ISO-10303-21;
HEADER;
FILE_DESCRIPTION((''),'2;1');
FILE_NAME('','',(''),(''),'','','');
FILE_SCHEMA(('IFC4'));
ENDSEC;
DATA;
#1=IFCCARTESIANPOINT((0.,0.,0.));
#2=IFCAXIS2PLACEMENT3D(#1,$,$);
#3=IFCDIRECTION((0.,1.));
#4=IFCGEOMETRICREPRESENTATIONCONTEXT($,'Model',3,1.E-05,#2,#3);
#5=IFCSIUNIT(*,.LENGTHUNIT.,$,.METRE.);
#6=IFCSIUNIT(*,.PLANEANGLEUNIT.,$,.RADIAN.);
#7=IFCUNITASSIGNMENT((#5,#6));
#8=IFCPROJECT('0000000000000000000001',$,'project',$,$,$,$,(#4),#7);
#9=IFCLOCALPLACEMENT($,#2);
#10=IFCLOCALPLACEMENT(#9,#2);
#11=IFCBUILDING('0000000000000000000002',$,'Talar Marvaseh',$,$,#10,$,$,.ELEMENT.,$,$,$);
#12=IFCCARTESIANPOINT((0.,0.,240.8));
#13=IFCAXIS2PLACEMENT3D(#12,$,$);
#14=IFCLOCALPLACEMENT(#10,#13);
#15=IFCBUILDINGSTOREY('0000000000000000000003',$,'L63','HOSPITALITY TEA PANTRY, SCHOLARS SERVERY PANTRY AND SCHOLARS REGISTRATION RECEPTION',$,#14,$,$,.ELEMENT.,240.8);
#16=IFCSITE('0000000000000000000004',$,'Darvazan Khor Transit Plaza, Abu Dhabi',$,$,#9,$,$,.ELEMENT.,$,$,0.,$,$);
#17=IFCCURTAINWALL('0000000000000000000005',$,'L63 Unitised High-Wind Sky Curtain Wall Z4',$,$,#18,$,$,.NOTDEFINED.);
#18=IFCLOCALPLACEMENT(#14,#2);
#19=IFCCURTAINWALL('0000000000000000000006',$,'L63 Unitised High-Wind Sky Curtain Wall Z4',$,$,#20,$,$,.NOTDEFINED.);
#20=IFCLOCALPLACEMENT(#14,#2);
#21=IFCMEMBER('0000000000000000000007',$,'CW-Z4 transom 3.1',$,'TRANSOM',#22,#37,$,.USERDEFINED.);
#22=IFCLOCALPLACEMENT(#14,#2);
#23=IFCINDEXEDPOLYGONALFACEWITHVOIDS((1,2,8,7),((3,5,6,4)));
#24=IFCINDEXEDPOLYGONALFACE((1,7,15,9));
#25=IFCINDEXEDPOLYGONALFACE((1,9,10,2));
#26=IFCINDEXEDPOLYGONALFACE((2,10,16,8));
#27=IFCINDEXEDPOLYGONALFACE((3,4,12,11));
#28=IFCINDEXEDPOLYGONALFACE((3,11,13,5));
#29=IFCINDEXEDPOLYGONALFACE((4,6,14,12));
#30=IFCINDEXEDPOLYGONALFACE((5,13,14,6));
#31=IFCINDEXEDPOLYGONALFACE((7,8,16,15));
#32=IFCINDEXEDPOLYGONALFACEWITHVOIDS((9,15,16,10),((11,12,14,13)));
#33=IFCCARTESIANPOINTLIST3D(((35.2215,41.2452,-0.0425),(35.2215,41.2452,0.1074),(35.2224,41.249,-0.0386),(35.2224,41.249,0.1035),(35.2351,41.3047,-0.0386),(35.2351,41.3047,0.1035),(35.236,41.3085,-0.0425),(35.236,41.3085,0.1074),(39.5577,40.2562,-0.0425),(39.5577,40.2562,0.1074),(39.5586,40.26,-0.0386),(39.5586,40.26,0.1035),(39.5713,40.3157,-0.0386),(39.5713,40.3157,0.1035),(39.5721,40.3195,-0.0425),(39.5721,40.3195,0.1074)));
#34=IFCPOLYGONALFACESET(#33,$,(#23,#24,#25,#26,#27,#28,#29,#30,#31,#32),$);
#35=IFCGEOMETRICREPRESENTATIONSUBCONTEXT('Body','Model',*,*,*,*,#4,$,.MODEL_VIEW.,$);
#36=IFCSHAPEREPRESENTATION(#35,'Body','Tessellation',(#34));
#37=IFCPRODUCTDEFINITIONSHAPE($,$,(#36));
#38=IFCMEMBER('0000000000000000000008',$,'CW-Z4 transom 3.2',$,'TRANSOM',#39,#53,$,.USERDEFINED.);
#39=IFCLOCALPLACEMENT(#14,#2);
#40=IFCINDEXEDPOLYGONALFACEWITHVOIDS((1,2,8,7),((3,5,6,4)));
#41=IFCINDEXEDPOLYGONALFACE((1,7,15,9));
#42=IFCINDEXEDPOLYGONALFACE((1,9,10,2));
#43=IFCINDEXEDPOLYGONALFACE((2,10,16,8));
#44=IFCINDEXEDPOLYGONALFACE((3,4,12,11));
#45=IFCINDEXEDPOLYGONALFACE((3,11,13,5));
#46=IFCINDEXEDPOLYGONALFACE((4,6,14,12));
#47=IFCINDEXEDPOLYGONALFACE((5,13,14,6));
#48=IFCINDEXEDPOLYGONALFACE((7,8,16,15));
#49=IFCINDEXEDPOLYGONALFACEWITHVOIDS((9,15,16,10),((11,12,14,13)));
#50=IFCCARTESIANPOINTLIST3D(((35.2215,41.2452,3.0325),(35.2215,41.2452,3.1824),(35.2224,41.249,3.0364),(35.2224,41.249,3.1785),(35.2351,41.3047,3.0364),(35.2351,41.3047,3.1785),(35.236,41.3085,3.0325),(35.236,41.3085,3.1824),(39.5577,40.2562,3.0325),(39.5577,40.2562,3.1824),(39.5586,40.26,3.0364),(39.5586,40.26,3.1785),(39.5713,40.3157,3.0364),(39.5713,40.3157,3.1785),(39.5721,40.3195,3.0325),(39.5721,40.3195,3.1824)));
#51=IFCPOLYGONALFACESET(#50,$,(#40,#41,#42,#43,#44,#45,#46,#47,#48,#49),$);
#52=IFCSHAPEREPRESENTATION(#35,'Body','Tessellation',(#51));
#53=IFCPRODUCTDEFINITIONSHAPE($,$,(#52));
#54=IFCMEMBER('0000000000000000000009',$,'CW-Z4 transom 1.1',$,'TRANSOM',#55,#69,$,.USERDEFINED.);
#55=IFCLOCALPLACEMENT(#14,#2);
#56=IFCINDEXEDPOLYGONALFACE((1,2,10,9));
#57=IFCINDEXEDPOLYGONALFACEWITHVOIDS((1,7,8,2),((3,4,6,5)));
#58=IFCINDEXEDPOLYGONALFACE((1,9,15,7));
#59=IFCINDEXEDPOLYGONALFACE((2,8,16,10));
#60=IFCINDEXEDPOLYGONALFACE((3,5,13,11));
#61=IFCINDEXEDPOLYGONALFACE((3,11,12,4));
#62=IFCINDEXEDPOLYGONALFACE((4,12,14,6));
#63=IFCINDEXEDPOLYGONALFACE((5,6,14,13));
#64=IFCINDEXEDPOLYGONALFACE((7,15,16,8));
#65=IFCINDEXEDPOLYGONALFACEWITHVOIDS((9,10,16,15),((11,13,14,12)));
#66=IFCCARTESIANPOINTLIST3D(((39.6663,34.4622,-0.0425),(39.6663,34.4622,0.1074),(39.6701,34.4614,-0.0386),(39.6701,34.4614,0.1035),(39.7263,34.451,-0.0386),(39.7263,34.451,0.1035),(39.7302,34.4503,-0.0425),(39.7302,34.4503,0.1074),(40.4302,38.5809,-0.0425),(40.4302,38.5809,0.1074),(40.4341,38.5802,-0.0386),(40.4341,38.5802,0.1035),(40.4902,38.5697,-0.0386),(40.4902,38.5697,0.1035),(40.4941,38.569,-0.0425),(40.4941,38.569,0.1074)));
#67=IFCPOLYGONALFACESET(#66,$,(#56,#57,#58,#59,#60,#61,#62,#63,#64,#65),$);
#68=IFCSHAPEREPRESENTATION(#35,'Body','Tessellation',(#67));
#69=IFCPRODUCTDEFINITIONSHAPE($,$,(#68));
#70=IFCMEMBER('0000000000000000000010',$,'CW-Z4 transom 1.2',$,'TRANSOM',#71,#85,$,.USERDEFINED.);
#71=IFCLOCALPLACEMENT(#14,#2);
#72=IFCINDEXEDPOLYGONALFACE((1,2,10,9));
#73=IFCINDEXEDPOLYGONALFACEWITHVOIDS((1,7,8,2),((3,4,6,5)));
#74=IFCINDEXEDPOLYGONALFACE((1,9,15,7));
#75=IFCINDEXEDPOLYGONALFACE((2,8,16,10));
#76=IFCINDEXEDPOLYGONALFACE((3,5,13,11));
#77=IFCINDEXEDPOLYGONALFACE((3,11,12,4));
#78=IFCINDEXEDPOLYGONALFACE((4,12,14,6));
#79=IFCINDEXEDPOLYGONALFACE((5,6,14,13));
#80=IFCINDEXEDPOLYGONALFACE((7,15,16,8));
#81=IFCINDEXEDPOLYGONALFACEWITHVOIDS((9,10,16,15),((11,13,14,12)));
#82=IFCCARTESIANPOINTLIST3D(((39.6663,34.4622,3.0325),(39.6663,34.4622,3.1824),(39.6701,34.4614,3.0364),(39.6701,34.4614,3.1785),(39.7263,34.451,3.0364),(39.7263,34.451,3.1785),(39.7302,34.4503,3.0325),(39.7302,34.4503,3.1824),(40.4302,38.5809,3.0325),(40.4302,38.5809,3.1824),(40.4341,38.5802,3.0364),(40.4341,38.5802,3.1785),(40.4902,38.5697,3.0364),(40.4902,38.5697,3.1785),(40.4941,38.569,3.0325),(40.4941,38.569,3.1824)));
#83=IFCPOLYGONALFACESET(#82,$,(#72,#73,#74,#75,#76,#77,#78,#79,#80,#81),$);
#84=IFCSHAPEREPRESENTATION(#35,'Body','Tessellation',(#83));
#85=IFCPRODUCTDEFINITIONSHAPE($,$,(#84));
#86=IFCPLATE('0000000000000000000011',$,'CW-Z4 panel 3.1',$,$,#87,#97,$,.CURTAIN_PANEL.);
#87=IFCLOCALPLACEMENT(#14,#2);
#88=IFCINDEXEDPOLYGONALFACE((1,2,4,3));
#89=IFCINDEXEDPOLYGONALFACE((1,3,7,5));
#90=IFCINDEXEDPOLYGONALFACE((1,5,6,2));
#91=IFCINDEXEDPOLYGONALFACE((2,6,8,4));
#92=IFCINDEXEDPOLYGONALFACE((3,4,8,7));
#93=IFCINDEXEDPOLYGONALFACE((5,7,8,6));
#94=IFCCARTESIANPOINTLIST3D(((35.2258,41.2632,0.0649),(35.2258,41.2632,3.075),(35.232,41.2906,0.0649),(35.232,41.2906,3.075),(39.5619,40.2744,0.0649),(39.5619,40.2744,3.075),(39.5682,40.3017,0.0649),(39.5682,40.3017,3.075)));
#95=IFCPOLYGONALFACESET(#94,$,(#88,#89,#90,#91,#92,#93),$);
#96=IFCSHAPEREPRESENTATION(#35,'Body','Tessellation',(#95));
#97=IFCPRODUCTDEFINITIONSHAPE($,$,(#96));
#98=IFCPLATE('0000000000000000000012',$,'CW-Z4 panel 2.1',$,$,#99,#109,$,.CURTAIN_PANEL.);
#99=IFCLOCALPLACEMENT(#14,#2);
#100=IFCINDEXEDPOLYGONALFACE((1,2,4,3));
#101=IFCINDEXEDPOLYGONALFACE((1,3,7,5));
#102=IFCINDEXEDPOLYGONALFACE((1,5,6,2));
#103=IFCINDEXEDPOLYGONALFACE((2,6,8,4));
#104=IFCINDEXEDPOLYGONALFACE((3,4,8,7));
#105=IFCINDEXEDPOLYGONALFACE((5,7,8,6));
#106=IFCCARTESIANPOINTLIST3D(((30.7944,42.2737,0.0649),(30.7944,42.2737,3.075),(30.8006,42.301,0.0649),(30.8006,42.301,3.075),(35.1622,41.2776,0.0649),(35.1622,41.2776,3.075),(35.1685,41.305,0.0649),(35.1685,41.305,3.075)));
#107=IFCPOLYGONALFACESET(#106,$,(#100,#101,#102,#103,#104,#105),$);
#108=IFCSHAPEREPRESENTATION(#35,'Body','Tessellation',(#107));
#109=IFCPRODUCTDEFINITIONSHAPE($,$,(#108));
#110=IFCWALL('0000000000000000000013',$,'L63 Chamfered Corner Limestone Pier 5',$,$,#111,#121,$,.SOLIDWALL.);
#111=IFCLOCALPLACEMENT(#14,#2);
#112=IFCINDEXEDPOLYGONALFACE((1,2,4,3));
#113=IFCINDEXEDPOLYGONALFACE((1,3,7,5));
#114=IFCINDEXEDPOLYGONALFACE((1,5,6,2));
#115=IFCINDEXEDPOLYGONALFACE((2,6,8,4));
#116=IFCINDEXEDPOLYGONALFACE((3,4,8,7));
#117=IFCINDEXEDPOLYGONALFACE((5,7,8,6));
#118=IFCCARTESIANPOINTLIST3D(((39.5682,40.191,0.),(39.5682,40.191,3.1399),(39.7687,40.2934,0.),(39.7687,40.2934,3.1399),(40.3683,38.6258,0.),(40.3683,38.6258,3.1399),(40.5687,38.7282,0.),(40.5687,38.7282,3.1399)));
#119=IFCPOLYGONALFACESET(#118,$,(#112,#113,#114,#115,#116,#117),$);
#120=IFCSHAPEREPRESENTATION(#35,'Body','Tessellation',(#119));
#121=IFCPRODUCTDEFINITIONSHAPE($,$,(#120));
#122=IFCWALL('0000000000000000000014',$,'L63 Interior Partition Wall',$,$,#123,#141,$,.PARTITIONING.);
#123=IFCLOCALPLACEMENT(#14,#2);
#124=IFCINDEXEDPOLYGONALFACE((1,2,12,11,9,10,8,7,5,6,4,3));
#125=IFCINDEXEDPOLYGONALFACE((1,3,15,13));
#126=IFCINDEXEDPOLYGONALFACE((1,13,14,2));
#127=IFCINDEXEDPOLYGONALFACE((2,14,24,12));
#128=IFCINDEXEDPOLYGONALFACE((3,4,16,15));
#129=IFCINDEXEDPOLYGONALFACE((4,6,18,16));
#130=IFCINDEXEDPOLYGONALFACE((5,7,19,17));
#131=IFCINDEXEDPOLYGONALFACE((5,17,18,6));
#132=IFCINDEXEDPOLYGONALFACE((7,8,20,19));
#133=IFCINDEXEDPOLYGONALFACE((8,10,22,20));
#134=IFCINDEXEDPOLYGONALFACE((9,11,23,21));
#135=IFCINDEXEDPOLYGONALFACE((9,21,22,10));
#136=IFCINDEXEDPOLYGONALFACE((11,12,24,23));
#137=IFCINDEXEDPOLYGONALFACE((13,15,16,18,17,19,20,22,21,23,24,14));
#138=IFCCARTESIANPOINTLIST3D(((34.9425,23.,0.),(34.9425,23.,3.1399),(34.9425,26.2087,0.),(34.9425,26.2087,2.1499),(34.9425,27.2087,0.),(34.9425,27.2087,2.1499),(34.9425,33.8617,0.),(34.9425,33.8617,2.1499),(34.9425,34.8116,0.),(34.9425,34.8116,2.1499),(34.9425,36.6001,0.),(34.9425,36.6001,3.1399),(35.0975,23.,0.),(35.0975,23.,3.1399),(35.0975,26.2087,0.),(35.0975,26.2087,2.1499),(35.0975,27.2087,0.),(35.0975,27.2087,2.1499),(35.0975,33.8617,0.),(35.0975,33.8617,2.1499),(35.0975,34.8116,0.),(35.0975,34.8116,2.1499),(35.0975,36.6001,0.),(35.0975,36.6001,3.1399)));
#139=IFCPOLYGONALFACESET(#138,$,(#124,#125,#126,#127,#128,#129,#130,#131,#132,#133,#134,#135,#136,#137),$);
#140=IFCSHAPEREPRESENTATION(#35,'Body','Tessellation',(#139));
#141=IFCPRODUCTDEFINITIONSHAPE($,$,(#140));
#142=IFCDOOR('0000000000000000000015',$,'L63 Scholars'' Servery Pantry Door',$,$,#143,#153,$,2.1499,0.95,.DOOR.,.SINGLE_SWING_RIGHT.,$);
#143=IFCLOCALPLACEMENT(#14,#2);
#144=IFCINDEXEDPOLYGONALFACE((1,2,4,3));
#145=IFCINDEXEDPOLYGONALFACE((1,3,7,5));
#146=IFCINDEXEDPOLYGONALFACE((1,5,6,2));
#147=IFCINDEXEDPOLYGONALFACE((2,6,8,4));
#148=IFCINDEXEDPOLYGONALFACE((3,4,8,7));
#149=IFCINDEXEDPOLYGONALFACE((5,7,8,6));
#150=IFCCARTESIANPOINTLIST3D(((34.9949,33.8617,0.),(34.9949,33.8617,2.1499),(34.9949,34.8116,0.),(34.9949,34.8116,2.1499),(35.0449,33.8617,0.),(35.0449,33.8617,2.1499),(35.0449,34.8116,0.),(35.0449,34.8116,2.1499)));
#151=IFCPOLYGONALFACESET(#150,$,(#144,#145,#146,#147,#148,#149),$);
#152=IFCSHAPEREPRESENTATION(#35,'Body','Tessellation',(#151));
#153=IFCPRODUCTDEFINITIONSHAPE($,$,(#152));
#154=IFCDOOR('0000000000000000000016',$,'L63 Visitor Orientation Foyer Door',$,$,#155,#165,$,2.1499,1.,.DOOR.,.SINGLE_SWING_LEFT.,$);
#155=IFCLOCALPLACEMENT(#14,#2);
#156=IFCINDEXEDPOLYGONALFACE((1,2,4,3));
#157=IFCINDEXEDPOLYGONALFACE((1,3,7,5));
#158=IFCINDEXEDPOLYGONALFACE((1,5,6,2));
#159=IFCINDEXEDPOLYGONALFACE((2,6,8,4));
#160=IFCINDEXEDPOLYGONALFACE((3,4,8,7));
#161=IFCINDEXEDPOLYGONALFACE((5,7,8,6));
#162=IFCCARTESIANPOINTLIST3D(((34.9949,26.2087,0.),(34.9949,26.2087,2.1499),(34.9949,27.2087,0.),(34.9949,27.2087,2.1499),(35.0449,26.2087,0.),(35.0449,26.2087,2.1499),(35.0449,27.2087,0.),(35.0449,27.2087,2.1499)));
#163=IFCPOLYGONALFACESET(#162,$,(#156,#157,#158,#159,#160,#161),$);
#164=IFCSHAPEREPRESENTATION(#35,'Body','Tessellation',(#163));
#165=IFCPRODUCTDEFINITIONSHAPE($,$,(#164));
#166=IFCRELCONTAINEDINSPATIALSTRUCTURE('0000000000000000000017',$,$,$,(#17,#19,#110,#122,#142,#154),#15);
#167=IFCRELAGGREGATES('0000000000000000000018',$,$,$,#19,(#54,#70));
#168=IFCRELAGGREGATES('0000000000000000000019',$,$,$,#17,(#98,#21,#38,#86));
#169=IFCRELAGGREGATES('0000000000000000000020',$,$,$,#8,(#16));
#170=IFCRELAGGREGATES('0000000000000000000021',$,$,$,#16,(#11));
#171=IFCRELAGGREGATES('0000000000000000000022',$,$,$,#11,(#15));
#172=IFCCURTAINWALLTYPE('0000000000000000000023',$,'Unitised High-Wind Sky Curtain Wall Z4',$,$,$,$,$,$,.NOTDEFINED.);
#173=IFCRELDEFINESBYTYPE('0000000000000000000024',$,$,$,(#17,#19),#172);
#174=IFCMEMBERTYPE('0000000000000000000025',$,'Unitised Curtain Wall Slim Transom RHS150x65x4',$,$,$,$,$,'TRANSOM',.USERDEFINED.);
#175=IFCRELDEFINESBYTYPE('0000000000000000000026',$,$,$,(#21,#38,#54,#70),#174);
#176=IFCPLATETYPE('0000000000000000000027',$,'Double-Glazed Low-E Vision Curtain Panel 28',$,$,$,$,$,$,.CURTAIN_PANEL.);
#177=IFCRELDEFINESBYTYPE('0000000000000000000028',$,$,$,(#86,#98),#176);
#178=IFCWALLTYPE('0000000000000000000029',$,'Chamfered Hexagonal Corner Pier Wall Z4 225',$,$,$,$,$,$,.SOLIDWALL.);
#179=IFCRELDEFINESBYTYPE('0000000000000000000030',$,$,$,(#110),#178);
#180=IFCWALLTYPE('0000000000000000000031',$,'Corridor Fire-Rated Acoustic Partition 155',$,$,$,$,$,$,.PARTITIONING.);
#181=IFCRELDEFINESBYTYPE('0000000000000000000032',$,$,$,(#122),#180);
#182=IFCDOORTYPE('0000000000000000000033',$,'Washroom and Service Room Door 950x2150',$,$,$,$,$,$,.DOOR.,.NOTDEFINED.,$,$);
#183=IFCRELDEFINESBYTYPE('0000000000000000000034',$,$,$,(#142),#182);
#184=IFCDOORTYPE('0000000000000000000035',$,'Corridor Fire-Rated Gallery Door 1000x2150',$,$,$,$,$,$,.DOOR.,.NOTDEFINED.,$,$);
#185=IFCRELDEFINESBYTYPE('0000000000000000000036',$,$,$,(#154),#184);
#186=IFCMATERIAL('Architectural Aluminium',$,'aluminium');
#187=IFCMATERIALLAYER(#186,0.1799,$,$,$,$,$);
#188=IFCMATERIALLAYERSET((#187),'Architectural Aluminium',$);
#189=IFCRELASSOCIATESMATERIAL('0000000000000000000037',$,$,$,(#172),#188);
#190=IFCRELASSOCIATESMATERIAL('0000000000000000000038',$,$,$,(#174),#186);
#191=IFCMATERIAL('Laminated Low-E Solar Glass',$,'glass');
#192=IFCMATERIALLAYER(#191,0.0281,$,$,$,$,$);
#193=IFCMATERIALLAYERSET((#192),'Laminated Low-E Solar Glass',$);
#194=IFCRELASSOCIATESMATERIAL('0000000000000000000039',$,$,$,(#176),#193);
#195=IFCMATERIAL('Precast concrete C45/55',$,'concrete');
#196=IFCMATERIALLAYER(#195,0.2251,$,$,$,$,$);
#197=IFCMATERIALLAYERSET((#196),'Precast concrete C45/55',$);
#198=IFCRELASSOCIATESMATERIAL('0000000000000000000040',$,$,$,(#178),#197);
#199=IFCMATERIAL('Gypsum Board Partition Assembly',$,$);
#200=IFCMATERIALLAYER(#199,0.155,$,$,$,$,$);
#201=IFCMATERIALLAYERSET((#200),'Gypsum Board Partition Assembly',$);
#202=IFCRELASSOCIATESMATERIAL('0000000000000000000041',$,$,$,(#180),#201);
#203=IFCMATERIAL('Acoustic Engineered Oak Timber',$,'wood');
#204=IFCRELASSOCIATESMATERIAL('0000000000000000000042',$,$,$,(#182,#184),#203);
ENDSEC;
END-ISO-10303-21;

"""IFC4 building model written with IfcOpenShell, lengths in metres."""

from ifc_helpers import new_model, si_unit, direction, frame, frame_2d, origin, origin_2d, place, context, subcontext, project, spatial, rectangle, hollow_rectangle, extrude, source, transform, mapped, material, layer, layer_set, material_profile, profile_set, type_object, type_shapes, element, fill, aggregate, save


model = new_model("IFC4")

# Units and contexts
model_context = context("Model", 3, precision=1e-05, world=origin(), true_north=direction((0.0, 1.0)))
body_context = subcontext(model_context, "Body", "Model", "MODEL_VIEW")
ifc_project = project(units=[si_unit("LENGTHUNIT", "METRE"), si_unit("PLANEANGLEUNIT", "RADIAN")], contexts=[model_context])

# Site, building, storey
site_placement = place(None, origin())
site = spatial("IfcSite", under=ifc_project, at=site_placement, Name="Darvazan Khor Transit Plaza, Abu Dhabi", CompositionType="ELEMENT", RefElevation=0.0)
building_placement = place(site_placement, origin())
building = spatial("IfcBuilding", under=site, at=building_placement, Name="Talar Marvaseh", CompositionType="ELEMENT")
storey_placement = place(building_placement, frame((0.0, 0.0, 240.8)))
storey = spatial("IfcBuildingStorey", under=building, at=storey_placement, Name="L63", Description="HOSPITALITY TEA PANTRY, SCHOLARS SERVERY PANTRY AND SCHOLARS REGISTRATION RECEPTION", CompositionType="ELEMENT", Elevation=240.8)

# Curtain wall
ifc_material_1 = material(Name="Architectural Aluminium", Category="aluminium")
ifc_layer_1 = layer(ifc_material_1, 0.1799)
ifc_layer_set_1 = layer_set([ifc_layer_1], Name="Architectural Aluminium")
curtain_wall_type = type_object("IfcCurtainWallType", Name="Unitised High-Wind Sky Curtain Wall Z4", PredefinedType="NOTDEFINED", material=ifc_layer_set_1)
curtain_wall_1_placement = place(storey_placement, origin())
curtain_wall_1 = element("IfcCurtainWall", 1, at=curtain_wall_1_placement, inside=storey, type_object=curtain_wall_type, Name="L63 Unitised High-Wind Sky Curtain Wall Z4", PredefinedType="NOTDEFINED")

# Curtain wall
curtain_wall_2_placement = place(storey_placement, origin())
curtain_wall_2 = element("IfcCurtainWall", 2, at=curtain_wall_2_placement, inside=storey, type_object=curtain_wall_type, Name="L63 Unitised High-Wind Sky Curtain Wall Z4", PredefinedType="NOTDEFINED")

# Members
ifc_material_profile_1 = material_profile(ifc_material_1, hollow_rectangle(XDim=0.0649, YDim=0.1499, WallThickness=0.0039, at=origin_2d()), Name="RHS150x65x4")
ifc_profile_set_1 = profile_set([ifc_material_profile_1], Name="Architectural Aluminium")
member_type_1 = type_object("IfcMemberType", Name="Unitised Curtain Wall Slim Transom RHS150x65x4", ElementType="TRANSOM", PredefinedType="USERDEFINED", material=ifc_profile_set_1)
shared_shape_1 = source(origin(), body_context, "Body", "SweptSolid", [
    extrude(hollow_rectangle(XDim=0.0649, YDim=0.1499, WallThickness=0.0039, at=origin_2d()), origin(), (0.0, 0.0, 1.0), 4.4475),
])
member_1_placement = place(storey_placement, frame((35.2288, 41.2769, 0.0325), z_axis=(0.974962, -0.222373, 0.0), x_axis=(0.222373, 0.974962, 0.0)))
member_1 = element("IfcMember", 3, at=member_1_placement, type_object=member_type_1, Name="CW-Z4 transom 3.1", ObjectType="TRANSOM", PredefinedType="USERDEFINED", context=body_context, shape_type="MappedRepresentation", body=[
    mapped(shared_shape_1, transform((0.0, 0.0, 0.0), x_axis=(1.0, 0.0, 0.0), y_axis=(0.0, 1.0, 0.0), z_axis=(0.0, 0.0, 1.0), scale=1.0)),
])
member_2_placement = place(storey_placement, frame((35.2288, 41.2769, 3.1074), z_axis=(0.974962, -0.222373, 0.0), x_axis=(0.222373, 0.974962, 0.0)))
member_2 = element("IfcMember", 4, at=member_2_placement, type_object=member_type_1, Name="CW-Z4 transom 3.2", ObjectType="TRANSOM", PredefinedType="USERDEFINED", context=body_context, shape_type="MappedRepresentation", body=[
    mapped(shared_shape_1, transform((0.0, 0.0, 0.0), x_axis=(1.0, 0.0, 0.0), y_axis=(0.0, 1.0, 0.0), z_axis=(0.0, 0.0, 1.0), scale=1.0)),
])
shared_shape_2 = source(origin(), body_context, "Body", "SweptSolid", [
    extrude(hollow_rectangle(XDim=0.0649, YDim=0.1499, WallThickness=0.0039, at=origin_2d()), origin(), (0.0, 0.0, 1.0), 4.189),
])
type_shapes(member_type_1, [shared_shape_1, shared_shape_2])
member_3_placement = place(storey_placement, frame((40.4622, 38.575, 0.0325), z_axis=(-0.182367, -0.983231, 0.0), x_axis=(0.983231, -0.182367, 0.0)))
member_3 = element("IfcMember", 5, at=member_3_placement, type_object=member_type_1, Name="CW-Z4 transom 1.1", ObjectType="TRANSOM", PredefinedType="USERDEFINED", context=body_context, shape_type="MappedRepresentation", body=[
    mapped(shared_shape_2, transform((0.0, 0.0, 0.0), x_axis=(1.0, 0.0, 0.0), y_axis=(0.0, 1.0, 0.0), z_axis=(0.0, 0.0, 1.0), scale=1.0)),
])
member_4_placement = place(storey_placement, frame((40.4622, 38.575, 3.1074), z_axis=(-0.182367, -0.983231, 0.0), x_axis=(0.983231, -0.182367, 0.0)))
member_4 = element("IfcMember", 6, at=member_4_placement, type_object=member_type_1, Name="CW-Z4 transom 1.2", ObjectType="TRANSOM", PredefinedType="USERDEFINED", context=body_context, shape_type="MappedRepresentation", body=[
    mapped(shared_shape_2, transform((0.0, 0.0, 0.0), x_axis=(1.0, 0.0, 0.0), y_axis=(0.0, 1.0, 0.0), z_axis=(0.0, 0.0, 1.0), scale=1.0)),
])
aggregate(curtain_wall_2, [member_3, member_4])

# Plates
ifc_material_2 = material(Name="Laminated Low-E Solar Glass", Category="glass")
ifc_layer_2 = layer(ifc_material_2, 0.0281)
ifc_layer_set_2 = layer_set([ifc_layer_2], Name="Laminated Low-E Solar Glass")
plate_type = type_object("IfcPlateType", Name="Double-Glazed Low-E Vision Curtain Panel 28", PredefinedType="CURTAIN_PANEL", material=ifc_layer_set_2)
shared_shape_3 = source(origin(), body_context, "Body", "SweptSolid", [
    extrude(rectangle(XDim=4.4475, YDim=0.0281, at=origin_2d()), origin(), (0.0, 0.0, 1.0), 3.01),
])
plate_1_placement = place(storey_placement, frame((37.397, 40.7825, 0.0649), z_axis=(0.0, 0.0, 1.0), x_axis=(0.97497, -0.222336, 0.0)))
plate_1 = element("IfcPlate", 7, at=plate_1_placement, type_object=plate_type, Name="CW-Z4 panel 3.1", PredefinedType="CURTAIN_PANEL", context=body_context, shape_type="MappedRepresentation", body=[
    mapped(shared_shape_3, transform((0.0, 0.0, 0.0), x_axis=(1.0, 0.0, 0.0), y_axis=(0.0, 1.0, 0.0), z_axis=(0.0, 0.0, 1.0), scale=1.0)),
])
shared_shape_4 = source(origin(), body_context, "Body", "SweptSolid", [
    extrude(rectangle(XDim=4.48, YDim=0.0281, at=origin_2d()), origin(), (0.0, 0.0, 1.0), 3.01),
])
type_shapes(plate_type, [shared_shape_3, shared_shape_4])
plate_2_placement = place(storey_placement, frame((32.9814, 41.7893, 0.0649), z_axis=(0.0, 0.0, 1.0), x_axis=(0.97497, -0.222336, 0.0)))
plate_2 = element("IfcPlate", 8, at=plate_2_placement, type_object=plate_type, Name="CW-Z4 panel 2.1", PredefinedType="CURTAIN_PANEL", context=body_context, shape_type="MappedRepresentation", body=[
    mapped(shared_shape_4, transform((0.0, 0.0, 0.0), x_axis=(1.0, 0.0, 0.0), y_axis=(0.0, 1.0, 0.0), z_axis=(0.0, 0.0, 1.0), scale=1.0)),
])
aggregate(curtain_wall_1, [plate_2, member_1, member_2, plate_1])

# Wall
ifc_material_3 = material(Name="Precast concrete C45/55", Category="concrete")
ifc_layer_3 = layer(ifc_material_3, 0.2251)
ifc_layer_set_3 = layer_set([ifc_layer_3], Name="Precast concrete C45/55")
wall_type_1 = type_object("IfcWallType", Name="Chamfered Hexagonal Corner Pier Wall Z4 225", PredefinedType="SOLIDWALL", material=ifc_layer_set_3)
wall_1_placement = place(storey_placement, frame((39.6685, 40.2422, 0.0), z_axis=(0.0, 0.0, 1.0), x_axis=(0.45514, -0.89042, 0.0)))
element("IfcWall", 9, at=wall_1_placement, inside=storey, type_object=wall_type_1, Name="L63 Chamfered Corner Limestone Pier 5", PredefinedType="SOLIDWALL", context=body_context, shape_type="SweptSolid", body=[
    extrude(rectangle(XDim=1.7578, YDim=0.2251, at=frame_2d((0.8789, 0.0))), origin(), (0.0, 0.0, 1.0), 3.1399),
])

# Wall, openings, doors
ifc_material_4 = material(Name="Gypsum Board Partition Assembly")
ifc_layer_4 = layer(ifc_material_4, 0.155)
ifc_layer_set_4 = layer_set([ifc_layer_4], Name="Gypsum Board Partition Assembly")
wall_type_2 = type_object("IfcWallType", Name="Corridor Fire-Rated Acoustic Partition 155", PredefinedType="PARTITIONING", material=ifc_layer_set_4)
wall_2_placement = place(storey_placement, frame((35.02, 36.6001, 0.0), z_axis=(0.0, 0.0, 1.0), x_axis=(0.0, -1.0, 0.0)))
wall_2 = element("IfcWall", 10, at=wall_2_placement, inside=storey, type_object=wall_type_2, Name="L63 Interior Partition Wall", PredefinedType="PARTITIONING", context=body_context, shape_type="SweptSolid", body=[
    extrude(rectangle(XDim=13.6001, YDim=0.155, at=frame_2d((6.8, 0.0))), origin(), (0.0, 0.0, 1.0), 3.1399),
])
opening_1_placement = place(wall_2_placement, frame((9.3914, 0.0, 0.0)))
opening_1 = element("IfcOpeningElement", 11, at=opening_1_placement, cuts=wall_2, PredefinedType="OPENING", context=body_context, shape_type="SweptSolid", body=[
    extrude(rectangle(XDim=1.0, YDim=2.1499, at=frame_2d((0.5, 1.075))), frame((0.0, 0.0874, 0.0), z_axis=(0.0, -1.0, 0.0), x_axis=(1.0, 0.0, 0.0)), (0.0, 0.0, 1.0), 0.175),
])
opening_2_placement = place(wall_2_placement, frame((1.7883, 0.0, 0.0)))
opening_2 = element("IfcOpeningElement", 12, at=opening_2_placement, cuts=wall_2, PredefinedType="OPENING", context=body_context, shape_type="SweptSolid", body=[
    extrude(rectangle(XDim=0.95, YDim=2.1499, at=frame_2d((0.4751, 1.075))), frame((0.0, 0.0874, 0.0), z_axis=(0.0, -1.0, 0.0), x_axis=(1.0, 0.0, 0.0)), (0.0, 0.0, 1.0), 0.175),
])
ifc_material_5 = material(Name="Acoustic Engineered Oak Timber", Category="wood")
door_type_1 = type_object("IfcDoorType", Name="Washroom and Service Room Door 950x2150", OperationType="NOTDEFINED", PredefinedType="DOOR", material=ifc_material_5)
shared_shape_5 = source(origin(), body_context, "Body", "SweptSolid", [
    extrude(rectangle(XDim=0.95, YDim=2.1499, at=frame_2d((0.4751, 1.075))), frame((0.0, 0.0249, 0.0), z_axis=(0.0, -1.0, 0.0), x_axis=(1.0, 0.0, 0.0)), (0.0, 0.0, 1.0), 0.05),
])
type_shapes(door_type_1, [shared_shape_5])
door_1_placement = place(opening_2_placement, origin())
door_1 = element("IfcDoor", 13, at=door_1_placement, inside=storey, type_object=door_type_1, Name="L63 Scholars' Servery Pantry Door", OperationType="SINGLE_SWING_RIGHT", OverallHeight=2.1499, OverallWidth=0.95, PredefinedType="DOOR", context=body_context, shape_type="MappedRepresentation", body=[
    mapped(shared_shape_5, transform((0.0, 0.0, 0.0), x_axis=(1.0, 0.0, 0.0), y_axis=(0.0, 1.0, 0.0), z_axis=(0.0, 0.0, 1.0), scale=1.0)),
])
fill(opening_2, door_1)
door_type_2 = type_object("IfcDoorType", Name="Corridor Fire-Rated Gallery Door 1000x2150", OperationType="NOTDEFINED", PredefinedType="DOOR", material=ifc_material_5)
shared_shape_6 = source(origin(), body_context, "Body", "SweptSolid", [
    extrude(rectangle(XDim=1.0, YDim=2.1499, at=frame_2d((0.5, 1.075))), frame((0.0, 0.0249, 0.0), z_axis=(0.0, -1.0, 0.0), x_axis=(1.0, 0.0, 0.0)), (0.0, 0.0, 1.0), 0.05),
])
type_shapes(door_type_2, [shared_shape_6])
door_2_placement = place(opening_1_placement, origin())
door_2 = element("IfcDoor", 14, at=door_2_placement, inside=storey, type_object=door_type_2, Name="L63 Visitor Orientation Foyer Door", OperationType="SINGLE_SWING_LEFT", OverallHeight=2.1499, OverallWidth=1.0, PredefinedType="DOOR", context=body_context, shape_type="MappedRepresentation", body=[
    mapped(shared_shape_6, transform((0.0, 0.0, 0.0), x_axis=(1.0, 0.0, 0.0), y_axis=(0.0, 1.0, 0.0), z_axis=(0.0, 0.0, 1.0), scale=1.0)),
])
fill(opening_1, door_2)

save(model, "model.ifc")
